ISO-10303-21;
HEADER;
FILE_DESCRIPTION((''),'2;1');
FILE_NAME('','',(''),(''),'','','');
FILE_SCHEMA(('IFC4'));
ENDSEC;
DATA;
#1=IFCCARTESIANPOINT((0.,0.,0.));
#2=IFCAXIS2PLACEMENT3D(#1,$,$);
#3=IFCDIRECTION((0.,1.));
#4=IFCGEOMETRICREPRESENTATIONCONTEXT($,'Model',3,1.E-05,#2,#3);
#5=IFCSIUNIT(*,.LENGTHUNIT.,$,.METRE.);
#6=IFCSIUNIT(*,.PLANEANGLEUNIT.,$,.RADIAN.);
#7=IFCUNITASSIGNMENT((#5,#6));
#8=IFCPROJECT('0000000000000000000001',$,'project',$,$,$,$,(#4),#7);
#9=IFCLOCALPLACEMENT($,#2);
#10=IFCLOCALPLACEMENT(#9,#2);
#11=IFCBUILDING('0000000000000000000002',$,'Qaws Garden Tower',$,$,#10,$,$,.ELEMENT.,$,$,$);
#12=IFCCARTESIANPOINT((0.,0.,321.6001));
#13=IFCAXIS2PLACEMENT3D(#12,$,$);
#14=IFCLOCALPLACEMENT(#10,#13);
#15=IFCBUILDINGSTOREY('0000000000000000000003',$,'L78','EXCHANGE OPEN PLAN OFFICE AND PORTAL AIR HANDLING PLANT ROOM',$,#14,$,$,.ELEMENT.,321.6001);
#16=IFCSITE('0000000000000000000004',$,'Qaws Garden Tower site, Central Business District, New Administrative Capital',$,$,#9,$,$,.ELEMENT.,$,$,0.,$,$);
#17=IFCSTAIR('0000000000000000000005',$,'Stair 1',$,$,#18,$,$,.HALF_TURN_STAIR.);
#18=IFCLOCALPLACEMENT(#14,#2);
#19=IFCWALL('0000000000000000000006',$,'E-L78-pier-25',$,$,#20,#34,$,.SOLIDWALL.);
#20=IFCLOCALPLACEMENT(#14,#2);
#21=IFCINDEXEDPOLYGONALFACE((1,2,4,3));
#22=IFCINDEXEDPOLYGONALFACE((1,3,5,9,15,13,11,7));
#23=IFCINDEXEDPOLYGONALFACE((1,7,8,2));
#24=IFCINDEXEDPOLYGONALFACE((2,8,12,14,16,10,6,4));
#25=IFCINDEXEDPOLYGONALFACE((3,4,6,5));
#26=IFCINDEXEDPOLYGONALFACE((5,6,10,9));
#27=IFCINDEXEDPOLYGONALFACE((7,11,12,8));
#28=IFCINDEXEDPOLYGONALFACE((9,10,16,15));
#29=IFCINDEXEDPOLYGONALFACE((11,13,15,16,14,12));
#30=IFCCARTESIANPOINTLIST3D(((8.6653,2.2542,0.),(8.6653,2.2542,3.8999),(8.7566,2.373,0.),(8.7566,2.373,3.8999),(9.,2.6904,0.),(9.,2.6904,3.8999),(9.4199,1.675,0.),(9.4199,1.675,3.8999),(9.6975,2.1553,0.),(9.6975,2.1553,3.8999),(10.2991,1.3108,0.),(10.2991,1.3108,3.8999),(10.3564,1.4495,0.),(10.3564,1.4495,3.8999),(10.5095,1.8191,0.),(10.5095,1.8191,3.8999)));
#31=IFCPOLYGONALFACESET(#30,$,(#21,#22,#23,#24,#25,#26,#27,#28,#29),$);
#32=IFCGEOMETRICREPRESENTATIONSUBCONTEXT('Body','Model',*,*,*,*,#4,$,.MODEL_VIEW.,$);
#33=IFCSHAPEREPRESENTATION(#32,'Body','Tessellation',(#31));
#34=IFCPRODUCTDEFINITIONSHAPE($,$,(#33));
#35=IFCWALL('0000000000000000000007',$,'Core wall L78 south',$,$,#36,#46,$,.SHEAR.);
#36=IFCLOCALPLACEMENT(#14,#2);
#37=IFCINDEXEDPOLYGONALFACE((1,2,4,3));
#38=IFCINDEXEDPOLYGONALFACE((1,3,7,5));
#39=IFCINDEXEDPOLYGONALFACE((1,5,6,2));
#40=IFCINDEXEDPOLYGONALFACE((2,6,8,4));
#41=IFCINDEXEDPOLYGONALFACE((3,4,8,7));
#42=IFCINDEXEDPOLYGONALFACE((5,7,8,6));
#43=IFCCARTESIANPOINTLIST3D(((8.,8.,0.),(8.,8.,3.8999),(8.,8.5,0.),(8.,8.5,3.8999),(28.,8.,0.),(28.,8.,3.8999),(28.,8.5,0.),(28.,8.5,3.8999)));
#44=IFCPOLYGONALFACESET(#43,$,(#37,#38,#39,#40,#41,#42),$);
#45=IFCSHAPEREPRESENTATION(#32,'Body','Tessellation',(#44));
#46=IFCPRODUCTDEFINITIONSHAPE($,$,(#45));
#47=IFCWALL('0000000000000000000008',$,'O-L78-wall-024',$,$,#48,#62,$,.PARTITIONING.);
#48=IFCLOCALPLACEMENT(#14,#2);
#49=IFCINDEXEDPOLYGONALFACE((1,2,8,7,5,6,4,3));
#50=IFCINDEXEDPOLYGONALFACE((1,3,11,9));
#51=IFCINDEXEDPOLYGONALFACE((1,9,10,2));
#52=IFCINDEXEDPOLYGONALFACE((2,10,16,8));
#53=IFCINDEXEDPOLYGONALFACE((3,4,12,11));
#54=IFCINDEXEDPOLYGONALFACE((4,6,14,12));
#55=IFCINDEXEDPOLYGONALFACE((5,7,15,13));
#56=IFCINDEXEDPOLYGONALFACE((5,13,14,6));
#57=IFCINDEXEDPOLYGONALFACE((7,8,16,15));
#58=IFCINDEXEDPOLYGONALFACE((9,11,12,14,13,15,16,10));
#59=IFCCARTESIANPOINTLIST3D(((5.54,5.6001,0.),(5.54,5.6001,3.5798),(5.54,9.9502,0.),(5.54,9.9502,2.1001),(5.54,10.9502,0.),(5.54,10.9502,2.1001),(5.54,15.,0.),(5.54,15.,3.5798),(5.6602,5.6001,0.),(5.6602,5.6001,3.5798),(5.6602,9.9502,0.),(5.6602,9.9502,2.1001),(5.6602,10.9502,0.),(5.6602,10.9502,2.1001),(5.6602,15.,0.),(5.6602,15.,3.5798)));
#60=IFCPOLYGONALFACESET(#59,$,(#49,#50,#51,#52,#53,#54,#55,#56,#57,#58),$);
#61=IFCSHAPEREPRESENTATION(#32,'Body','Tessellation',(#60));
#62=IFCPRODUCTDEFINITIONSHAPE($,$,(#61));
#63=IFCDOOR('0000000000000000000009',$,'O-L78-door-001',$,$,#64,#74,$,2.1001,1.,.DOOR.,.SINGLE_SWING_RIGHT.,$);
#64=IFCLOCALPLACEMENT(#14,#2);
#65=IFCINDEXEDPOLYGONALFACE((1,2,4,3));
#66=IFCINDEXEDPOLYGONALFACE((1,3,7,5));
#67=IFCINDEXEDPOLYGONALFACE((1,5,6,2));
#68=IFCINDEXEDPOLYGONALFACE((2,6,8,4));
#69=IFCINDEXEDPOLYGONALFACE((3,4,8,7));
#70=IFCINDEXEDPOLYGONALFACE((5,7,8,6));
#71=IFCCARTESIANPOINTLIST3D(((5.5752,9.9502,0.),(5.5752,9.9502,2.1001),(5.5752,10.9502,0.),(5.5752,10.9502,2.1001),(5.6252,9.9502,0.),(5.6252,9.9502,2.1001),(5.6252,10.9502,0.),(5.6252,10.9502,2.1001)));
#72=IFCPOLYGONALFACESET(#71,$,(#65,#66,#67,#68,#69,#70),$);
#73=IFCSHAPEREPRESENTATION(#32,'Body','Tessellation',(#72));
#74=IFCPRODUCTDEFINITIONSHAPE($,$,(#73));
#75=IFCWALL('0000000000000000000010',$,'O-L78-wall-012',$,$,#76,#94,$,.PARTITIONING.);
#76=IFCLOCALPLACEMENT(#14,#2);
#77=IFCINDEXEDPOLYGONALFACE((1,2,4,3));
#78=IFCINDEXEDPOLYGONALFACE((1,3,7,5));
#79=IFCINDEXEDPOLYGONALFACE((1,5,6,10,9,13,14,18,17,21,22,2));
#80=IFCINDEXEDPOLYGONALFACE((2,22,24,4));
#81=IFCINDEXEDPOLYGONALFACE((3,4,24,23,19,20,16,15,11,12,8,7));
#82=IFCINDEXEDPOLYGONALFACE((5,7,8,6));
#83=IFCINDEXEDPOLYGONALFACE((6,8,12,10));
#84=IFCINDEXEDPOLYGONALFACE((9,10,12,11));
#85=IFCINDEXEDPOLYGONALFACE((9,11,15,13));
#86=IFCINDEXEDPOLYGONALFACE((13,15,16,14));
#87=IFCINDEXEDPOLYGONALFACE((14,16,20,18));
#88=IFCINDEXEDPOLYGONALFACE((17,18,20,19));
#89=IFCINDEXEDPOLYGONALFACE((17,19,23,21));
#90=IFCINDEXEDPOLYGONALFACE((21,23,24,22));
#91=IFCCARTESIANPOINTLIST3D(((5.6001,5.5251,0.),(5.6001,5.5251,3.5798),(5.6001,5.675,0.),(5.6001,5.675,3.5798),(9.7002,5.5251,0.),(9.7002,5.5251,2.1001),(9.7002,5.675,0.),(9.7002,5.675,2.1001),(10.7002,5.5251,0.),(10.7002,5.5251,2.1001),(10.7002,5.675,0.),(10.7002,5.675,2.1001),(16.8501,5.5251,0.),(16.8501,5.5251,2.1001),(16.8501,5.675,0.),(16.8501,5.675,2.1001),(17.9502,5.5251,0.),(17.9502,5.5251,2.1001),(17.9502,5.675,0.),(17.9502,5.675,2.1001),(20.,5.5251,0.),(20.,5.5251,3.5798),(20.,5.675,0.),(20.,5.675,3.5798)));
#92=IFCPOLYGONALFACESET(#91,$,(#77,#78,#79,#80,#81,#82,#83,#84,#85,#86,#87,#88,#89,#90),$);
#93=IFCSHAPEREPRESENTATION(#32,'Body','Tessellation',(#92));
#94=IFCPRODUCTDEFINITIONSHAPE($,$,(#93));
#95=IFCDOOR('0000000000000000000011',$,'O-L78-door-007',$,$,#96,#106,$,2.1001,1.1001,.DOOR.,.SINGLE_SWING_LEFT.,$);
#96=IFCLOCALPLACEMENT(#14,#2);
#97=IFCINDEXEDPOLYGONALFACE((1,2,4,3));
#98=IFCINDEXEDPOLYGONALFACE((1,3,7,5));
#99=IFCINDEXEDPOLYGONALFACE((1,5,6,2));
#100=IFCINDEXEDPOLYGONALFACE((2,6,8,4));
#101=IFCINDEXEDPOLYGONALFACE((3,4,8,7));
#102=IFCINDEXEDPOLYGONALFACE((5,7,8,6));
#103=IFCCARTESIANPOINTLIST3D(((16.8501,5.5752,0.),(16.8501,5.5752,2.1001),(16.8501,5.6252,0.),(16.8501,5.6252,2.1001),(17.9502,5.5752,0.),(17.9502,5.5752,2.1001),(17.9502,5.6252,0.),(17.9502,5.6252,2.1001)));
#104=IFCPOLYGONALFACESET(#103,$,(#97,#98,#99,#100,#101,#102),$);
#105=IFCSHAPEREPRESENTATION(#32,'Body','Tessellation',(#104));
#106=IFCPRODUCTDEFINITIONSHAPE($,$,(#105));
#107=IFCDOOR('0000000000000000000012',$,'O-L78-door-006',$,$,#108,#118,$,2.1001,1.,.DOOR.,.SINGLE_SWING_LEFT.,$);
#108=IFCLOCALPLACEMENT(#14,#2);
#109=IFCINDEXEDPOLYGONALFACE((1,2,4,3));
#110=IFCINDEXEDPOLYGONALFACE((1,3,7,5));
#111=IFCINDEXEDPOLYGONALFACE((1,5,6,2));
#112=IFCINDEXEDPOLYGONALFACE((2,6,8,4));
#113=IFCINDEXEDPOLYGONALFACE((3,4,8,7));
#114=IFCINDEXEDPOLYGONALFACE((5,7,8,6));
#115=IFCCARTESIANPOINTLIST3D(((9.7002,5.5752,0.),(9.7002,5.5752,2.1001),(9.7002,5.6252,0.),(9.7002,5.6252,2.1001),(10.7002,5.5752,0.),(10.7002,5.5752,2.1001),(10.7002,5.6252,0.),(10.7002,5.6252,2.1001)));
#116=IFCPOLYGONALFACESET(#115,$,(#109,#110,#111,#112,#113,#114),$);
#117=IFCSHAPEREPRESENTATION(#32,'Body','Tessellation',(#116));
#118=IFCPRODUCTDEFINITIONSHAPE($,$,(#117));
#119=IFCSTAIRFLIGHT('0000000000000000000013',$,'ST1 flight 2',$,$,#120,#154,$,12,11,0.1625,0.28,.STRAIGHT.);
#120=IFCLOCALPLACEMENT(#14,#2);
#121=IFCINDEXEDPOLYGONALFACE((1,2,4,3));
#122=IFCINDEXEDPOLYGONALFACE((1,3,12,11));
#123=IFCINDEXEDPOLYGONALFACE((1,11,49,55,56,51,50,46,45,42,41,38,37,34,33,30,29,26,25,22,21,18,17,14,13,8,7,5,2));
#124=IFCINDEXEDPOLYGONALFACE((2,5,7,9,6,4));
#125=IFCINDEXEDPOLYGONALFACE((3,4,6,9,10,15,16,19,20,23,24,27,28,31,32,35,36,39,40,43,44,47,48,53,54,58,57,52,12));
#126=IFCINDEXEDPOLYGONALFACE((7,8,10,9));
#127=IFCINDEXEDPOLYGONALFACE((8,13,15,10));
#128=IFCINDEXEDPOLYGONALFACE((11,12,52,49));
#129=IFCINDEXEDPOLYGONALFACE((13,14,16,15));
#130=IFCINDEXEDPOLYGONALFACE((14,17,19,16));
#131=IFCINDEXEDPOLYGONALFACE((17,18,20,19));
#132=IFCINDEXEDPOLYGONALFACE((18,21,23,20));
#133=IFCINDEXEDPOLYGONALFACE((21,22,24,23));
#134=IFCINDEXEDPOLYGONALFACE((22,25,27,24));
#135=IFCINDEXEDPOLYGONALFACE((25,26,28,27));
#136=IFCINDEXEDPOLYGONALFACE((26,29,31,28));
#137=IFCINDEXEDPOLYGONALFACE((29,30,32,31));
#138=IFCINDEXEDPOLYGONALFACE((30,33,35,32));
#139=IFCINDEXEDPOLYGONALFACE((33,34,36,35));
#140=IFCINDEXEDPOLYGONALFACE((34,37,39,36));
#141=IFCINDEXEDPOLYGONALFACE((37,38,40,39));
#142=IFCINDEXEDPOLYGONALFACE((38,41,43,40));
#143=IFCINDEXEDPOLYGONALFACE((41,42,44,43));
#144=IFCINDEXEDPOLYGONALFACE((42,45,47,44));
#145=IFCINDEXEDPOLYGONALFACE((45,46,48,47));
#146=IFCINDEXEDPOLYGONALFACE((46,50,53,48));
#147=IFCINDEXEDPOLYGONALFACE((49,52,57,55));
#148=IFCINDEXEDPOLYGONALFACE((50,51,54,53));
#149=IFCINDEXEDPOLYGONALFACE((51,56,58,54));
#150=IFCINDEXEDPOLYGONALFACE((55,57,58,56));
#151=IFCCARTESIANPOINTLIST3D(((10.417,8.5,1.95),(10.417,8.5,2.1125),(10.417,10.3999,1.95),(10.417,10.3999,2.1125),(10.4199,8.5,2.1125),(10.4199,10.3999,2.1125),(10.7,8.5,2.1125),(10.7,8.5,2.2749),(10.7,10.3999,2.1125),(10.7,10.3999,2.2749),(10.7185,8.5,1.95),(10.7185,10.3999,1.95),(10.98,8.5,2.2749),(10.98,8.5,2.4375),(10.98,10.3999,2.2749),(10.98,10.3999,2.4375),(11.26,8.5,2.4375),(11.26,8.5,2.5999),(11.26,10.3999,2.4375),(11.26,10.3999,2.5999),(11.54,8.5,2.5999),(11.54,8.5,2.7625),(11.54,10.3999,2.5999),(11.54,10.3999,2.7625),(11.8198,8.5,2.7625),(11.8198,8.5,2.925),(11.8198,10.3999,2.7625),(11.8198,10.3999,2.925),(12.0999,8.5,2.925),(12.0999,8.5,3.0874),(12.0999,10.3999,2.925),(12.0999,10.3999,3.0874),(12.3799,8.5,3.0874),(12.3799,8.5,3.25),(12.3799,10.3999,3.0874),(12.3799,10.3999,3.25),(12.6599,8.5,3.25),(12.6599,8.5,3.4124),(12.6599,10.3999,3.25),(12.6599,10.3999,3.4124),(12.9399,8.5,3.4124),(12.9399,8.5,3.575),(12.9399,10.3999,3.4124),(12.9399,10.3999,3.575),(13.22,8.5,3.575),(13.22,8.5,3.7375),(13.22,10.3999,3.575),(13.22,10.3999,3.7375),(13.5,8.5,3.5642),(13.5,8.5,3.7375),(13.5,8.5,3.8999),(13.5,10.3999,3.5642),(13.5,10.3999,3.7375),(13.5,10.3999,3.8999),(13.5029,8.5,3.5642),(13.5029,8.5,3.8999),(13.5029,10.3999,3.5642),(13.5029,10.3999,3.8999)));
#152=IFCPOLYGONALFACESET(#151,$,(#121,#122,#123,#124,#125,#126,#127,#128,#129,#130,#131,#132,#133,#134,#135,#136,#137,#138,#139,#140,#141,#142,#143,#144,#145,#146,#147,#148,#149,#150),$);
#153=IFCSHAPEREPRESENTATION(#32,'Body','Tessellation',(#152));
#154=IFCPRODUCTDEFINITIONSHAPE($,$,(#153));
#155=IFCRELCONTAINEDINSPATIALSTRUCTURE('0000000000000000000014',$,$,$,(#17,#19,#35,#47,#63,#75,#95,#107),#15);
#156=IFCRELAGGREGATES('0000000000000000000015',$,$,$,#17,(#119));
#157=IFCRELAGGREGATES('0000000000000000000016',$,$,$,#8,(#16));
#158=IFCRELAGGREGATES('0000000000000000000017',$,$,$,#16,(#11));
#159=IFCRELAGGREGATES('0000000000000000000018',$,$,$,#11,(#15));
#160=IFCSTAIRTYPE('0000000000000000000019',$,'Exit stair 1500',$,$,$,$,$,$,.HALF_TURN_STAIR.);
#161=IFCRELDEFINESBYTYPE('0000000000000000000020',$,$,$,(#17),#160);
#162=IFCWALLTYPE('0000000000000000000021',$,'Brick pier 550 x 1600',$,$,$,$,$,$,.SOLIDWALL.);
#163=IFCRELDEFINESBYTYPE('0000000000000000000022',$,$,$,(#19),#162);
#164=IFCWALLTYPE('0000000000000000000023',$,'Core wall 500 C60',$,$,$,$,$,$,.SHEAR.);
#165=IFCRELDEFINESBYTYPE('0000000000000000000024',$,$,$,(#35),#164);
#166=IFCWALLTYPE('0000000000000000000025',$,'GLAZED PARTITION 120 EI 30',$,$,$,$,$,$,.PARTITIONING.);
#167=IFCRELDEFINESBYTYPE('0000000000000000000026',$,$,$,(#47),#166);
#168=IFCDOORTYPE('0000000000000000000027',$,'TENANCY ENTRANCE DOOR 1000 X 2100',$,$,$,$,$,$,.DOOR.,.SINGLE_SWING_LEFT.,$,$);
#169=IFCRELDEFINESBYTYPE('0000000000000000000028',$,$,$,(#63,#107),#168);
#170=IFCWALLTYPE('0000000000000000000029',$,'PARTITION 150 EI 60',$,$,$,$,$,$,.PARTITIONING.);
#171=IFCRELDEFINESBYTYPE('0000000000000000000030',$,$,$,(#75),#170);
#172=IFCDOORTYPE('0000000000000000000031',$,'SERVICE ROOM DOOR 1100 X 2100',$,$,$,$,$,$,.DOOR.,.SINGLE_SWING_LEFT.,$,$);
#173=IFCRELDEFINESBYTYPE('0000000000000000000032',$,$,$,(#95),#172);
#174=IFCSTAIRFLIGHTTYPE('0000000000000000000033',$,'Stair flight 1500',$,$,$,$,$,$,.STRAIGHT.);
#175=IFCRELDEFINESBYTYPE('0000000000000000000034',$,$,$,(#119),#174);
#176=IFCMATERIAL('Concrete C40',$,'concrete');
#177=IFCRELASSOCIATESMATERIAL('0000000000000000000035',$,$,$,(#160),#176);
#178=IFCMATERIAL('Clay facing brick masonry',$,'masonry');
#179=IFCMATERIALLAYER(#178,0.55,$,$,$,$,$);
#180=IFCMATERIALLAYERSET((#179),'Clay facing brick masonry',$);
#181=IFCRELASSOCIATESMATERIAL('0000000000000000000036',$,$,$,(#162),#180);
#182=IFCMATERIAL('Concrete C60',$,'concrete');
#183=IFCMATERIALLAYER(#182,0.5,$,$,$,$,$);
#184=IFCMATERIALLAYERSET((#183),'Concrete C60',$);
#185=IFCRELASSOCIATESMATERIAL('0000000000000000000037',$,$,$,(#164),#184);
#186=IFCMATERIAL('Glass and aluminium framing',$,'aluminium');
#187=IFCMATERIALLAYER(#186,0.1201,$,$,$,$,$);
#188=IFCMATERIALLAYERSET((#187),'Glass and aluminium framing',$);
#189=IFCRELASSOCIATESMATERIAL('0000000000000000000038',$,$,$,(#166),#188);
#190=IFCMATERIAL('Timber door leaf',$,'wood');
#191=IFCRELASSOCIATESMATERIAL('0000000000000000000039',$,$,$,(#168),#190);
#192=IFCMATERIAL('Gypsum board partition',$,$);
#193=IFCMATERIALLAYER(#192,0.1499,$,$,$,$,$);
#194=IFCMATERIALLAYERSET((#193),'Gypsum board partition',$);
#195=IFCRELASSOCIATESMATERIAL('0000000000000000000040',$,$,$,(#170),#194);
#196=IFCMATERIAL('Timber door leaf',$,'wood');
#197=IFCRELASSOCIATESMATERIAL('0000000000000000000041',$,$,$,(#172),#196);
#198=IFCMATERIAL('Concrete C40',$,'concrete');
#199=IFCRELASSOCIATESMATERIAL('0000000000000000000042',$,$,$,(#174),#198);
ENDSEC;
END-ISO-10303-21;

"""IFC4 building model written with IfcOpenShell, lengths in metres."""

from ifc_helpers import new_model, si_unit, direction, frame, frame_2d, origin, place, context, subcontext, project, spatial, polyline, rectangle, outline, extrude, material, layer, layer_set, type_object, element, fill, aggregate, save


model = new_model("IFC4")

# Units and contexts
model_context = context("Model", 3, precision=1e-05, world=origin(), true_north=direction((0.0, 1.0)))
body_context = subcontext(model_context, "Body", "Model", "MODEL_VIEW")
ifc_project = project(units=[si_unit("LENGTHUNIT", "METRE"), si_unit("PLANEANGLEUNIT", "RADIAN")], contexts=[model_context])

# Site, building, storey
site_placement = place(None, origin())
site = spatial("IfcSite", under=ifc_project, at=site_placement, Name="Qaws Garden Tower site, Central Business District, New Administrative Capital", CompositionType="ELEMENT", RefElevation=0.0)
building_placement = place(site_placement, origin())
building = spatial("IfcBuilding", under=site, at=building_placement, Name="Qaws Garden Tower", CompositionType="ELEMENT")
storey_placement = place(building_placement, frame((0.0, 0.0, 321.6001)))
storey = spatial("IfcBuildingStorey", under=building, at=storey_placement, Name="L78", Description="EXCHANGE OPEN PLAN OFFICE AND PORTAL AIR HANDLING PLANT ROOM", CompositionType="ELEMENT", Elevation=321.6001)

# Stair
ifc_material_1 = material(Name="Concrete C40", Category="concrete")
stair_type_1 = type_object("IfcStairType", Name="Exit stair 1500", PredefinedType="HALF_TURN_STAIR", material=ifc_material_1)
placement_1 = place(storey_placement, origin())
stair_1 = element("IfcStair", 1, at=placement_1, inside=storey, type_object=stair_type_1, Name="Stair 1", PredefinedType="HALF_TURN_STAIR")

# Walls
ifc_material_2 = material(Name="Clay facing brick masonry", Category="masonry")
ifc_layer_1 = layer(ifc_material_2, 0.55)
ifc_layer_set_1 = layer_set([ifc_layer_1], Name="Clay facing brick masonry")
wall_type_1 = type_object("IfcWallType", Name="Brick pier 550 x 1600", PredefinedType="SOLIDWALL", material=ifc_layer_set_1)
element("IfcWall", 2, at=placement_1, inside=storey, type_object=wall_type_1, Name="E-L78-pier-25", PredefinedType="SOLIDWALL", context=body_context, shape_type="SweptSolid", body=[
    extrude(outline(polyline([(8.7566, 2.373), (8.6653, 2.2542), (9.4199, 1.675), (10.2991, 1.3108), (10.3564, 1.4495), (10.5095, 1.8191), (9.6975, 2.1553), (9.0, 2.6904), (8.7566, 2.373)])), origin(), (0.0, 0.0, 1.0), 3.8999),
])
ifc_material_3 = material(Name="Concrete C60", Category="concrete")
ifc_layer_2 = layer(ifc_material_3, 0.5)
ifc_layer_set_2 = layer_set([ifc_layer_2], Name="Concrete C60")
wall_type_2 = type_object("IfcWallType", Name="Core wall 500 C60", PredefinedType="SHEAR", material=ifc_layer_set_2)
wall_1_placement = place(storey_placement, frame((8.0, 8.25, 0.0), z_axis=(0.0, 0.0, 1.0), x_axis=(1.0, 0.0, 0.0)))
element("IfcWall", 3, at=wall_1_placement, inside=storey, type_object=wall_type_2, Name="Core wall L78 south", PredefinedType="SHEAR", context=body_context, shape_type="SweptSolid", body=[
    extrude(rectangle(XDim=20.0, YDim=0.5, at=frame_2d((10.0, 0.0))), origin(), (0.0, 0.0, 1.0), 3.8999),
])

# Wall, opening, door
ifc_material_4 = material(Name="Glass and aluminium framing", Category="aluminium")
ifc_layer_3 = layer(ifc_material_4, 0.1201)
ifc_layer_set_3 = layer_set([ifc_layer_3], Name="Glass and aluminium framing")
wall_type_3 = type_object("IfcWallType", Name="GLAZED PARTITION 120 EI 30", PredefinedType="PARTITIONING", material=ifc_layer_set_3)
wall_2_placement = place(storey_placement, frame((5.6001, 5.6001, 0.0), z_axis=(0.0, 0.0, 1.0), x_axis=(0.0, 1.0, 0.0)))
wall_2 = element("IfcWall", 4, at=wall_2_placement, inside=storey, type_object=wall_type_3, Name="O-L78-wall-024", PredefinedType="PARTITIONING", context=body_context, shape_type="SweptSolid", body=[
    extrude(rectangle(XDim=9.3999, YDim=0.1201, at=frame_2d((4.7, 0.0))), origin(), (0.0, 0.0, 1.0), 3.5798),
])
opening_1_placement = place(wall_2_placement, frame((4.3501, 0.0, 0.0)))
opening_1 = element("IfcOpeningElement", 5, at=opening_1_placement, cuts=wall_2, PredefinedType="OPENING", context=body_context, shape_type="SweptSolid", body=[
    extrude(rectangle(XDim=1.0, YDim=2.1001, at=frame_2d((0.5, 1.05))), frame((0.0, 0.0701, 0.0), z_axis=(0.0, -1.0, 0.0), x_axis=(1.0, 0.0, 0.0)), (0.0, 0.0, 1.0), 0.1401),
])
ifc_material_5 = material(Name="Timber door leaf", Category="wood")
door_type_1 = type_object("IfcDoorType", Name="TENANCY ENTRANCE DOOR 1000 X 2100", OperationType="SINGLE_SWING_LEFT", PredefinedType="DOOR", material=ifc_material_5)
door_1_placement = place(opening_1_placement, origin())
door_1 = element("IfcDoor", 6, at=door_1_placement, inside=storey, type_object=door_type_1, Name="O-L78-door-001", OperationType="SINGLE_SWING_RIGHT", OverallHeight=2.1001, OverallWidth=1.0, PredefinedType="DOOR", context=body_context, shape_type="SweptSolid", body=[
    extrude(rectangle(XDim=1.0, YDim=2.1001, at=frame_2d((0.5, 1.05))), frame((0.0, 0.0249, 0.0), z_axis=(0.0, -1.0, 0.0), x_axis=(1.0, 0.0, 0.0)), (0.0, 0.0, 1.0), 0.05),
])
fill(opening_1, door_1)

# Wall, openings, doors
ifc_material_6 = material(Name="Gypsum board partition")
ifc_layer_4 = layer(ifc_material_6, 0.1499)
ifc_layer_set_4 = layer_set([ifc_layer_4], Name="Gypsum board partition")
wall_type_4 = type_object("IfcWallType", Name="PARTITION 150 EI 60", PredefinedType="PARTITIONING", material=ifc_layer_set_4)
wall_3_placement = place(storey_placement, frame((5.6001, 5.6001, 0.0), z_axis=(0.0, 0.0, 1.0), x_axis=(1.0, 0.0, 0.0)))
wall_3 = element("IfcWall", 7, at=wall_3_placement, inside=storey, type_object=wall_type_4, Name="O-L78-wall-012", PredefinedType="PARTITIONING", context=body_context, shape_type="SweptSolid", body=[
    extrude(rectangle(XDim=14.3999, YDim=0.1499, at=frame_2d((7.2, 0.0))), origin(), (0.0, 0.0, 1.0), 3.5798),
])
opening_2_placement = place(wall_3_placement, frame((4.1001, 0.0, 0.0)))
opening_2 = element("IfcOpeningElement", 8, at=opening_2_placement, cuts=wall_3, PredefinedType="OPENING", context=body_context, shape_type="SweptSolid", body=[
    extrude(rectangle(XDim=1.0, YDim=2.1001, at=frame_2d((0.5, 1.05))), frame((0.0, 0.085, 0.0), z_axis=(0.0, -1.0, 0.0), x_axis=(1.0, 0.0, 0.0)), (0.0, 0.0, 1.0), 0.1699),
])
opening_3_placement = place(wall_3_placement, frame((11.25, 0.0, 0.0)))
opening_3 = element("IfcOpeningElement", 9, at=opening_3_placement, cuts=wall_3, PredefinedType="OPENING", context=body_context, shape_type="SweptSolid", body=[
    extrude(rectangle(XDim=1.1001, YDim=2.1001, at=frame_2d((0.55, 1.05))), frame((0.0, 0.085, 0.0), z_axis=(0.0, -1.0, 0.0), x_axis=(1.0, 0.0, 0.0)), (0.0, 0.0, 1.0), 0.1699),
])
ifc_material_7 = material(Name="Timber door leaf", Category="wood")
door_type_2 = type_object("IfcDoorType", Name="SERVICE ROOM DOOR 1100 X 2100", OperationType="SINGLE_SWING_LEFT", PredefinedType="DOOR", material=ifc_material_7)
door_2_placement = place(opening_3_placement, frame((1.1001, 0.0, 0.0), z_axis=(0.0, 0.0, 1.0), x_axis=(-1.0, 0.0, 0.0)))
door_2 = element("IfcDoor", 10, at=door_2_placement, inside=storey, type_object=door_type_2, Name="O-L78-door-007", OperationType="SINGLE_SWING_LEFT", OverallHeight=2.1001, OverallWidth=1.1001, PredefinedType="DOOR", context=body_context, shape_type="SweptSolid", body=[
    extrude(rectangle(XDim=1.1001, YDim=2.1001, at=frame_2d((0.55, 1.05))), frame((0.0, 0.0249, 0.0), z_axis=(0.0, -1.0, 0.0), x_axis=(1.0, 0.0, 0.0)), (0.0, 0.0, 1.0), 0.05),
])
fill(opening_3, door_2)
door_3_placement = place(opening_2_placement, frame((1.0, 0.0, 0.0), z_axis=(0.0, 0.0, 1.0), x_axis=(-1.0, 0.0, 0.0)))
door_3 = element("IfcDoor", 11, at=door_3_placement, inside=storey, type_object=door_type_1, Name="O-L78-door-006", OperationType="SINGLE_SWING_LEFT", OverallHeight=2.1001, OverallWidth=1.0, PredefinedType="DOOR", context=body_context, shape_type="SweptSolid", body=[
    extrude(rectangle(XDim=1.0, YDim=2.1001, at=frame_2d((0.5, 1.05))), frame((0.0, 0.0249, 0.0), z_axis=(0.0, -1.0, 0.0), x_axis=(1.0, 0.0, 0.0)), (0.0, 0.0, 1.0), 0.05),
])
fill(opening_2, door_3)

# Stair flight
ifc_material_8 = material(Name="Concrete C40", Category="concrete")
stair_flight_type = type_object("IfcStairFlightType", Name="Stair flight 1500", PredefinedType="STRAIGHT", material=ifc_material_8)
stair_flight_placement = place(storey_placement, frame((10.4199, 9.45, 1.95), z_axis=(0.0, 0.0, 1.0), x_axis=(1.0, 0.0, 0.0)))
stair_flight = element("IfcStairFlight", 12, at=stair_flight_placement, type_object=stair_flight_type, Name="ST1 flight 2", NumberOfRisers=12, NumberOfTreads=11, PredefinedType="STRAIGHT", RiserHeight=0.1625, TreadLength=0.28, context=body_context, shape_type="SweptSolid", body=[
    extrude(outline(polyline([(-0.0029, 0.0), (-0.0029, 0.1626), (0.0, 0.1626), (0.28, 0.1626), (0.28, 0.325), (0.5601, 0.325), (0.5601, 0.4875), (0.8401, 0.4875), (0.8401, 0.6499), (1.1201, 0.6499), (1.1201, 0.8125), (1.3999, 0.8125), (1.3999, 0.9751), (1.6799, 0.9751), (1.6799, 1.1375), (1.96, 1.1375), (1.96, 1.3), (2.24, 1.3), (2.24, 1.4624), (2.52, 1.4624), (2.52, 1.625), (2.8, 1.625), (2.8, 1.7876), (3.0801, 1.7876), (3.0801, 1.95), (3.083, 1.95), (3.083, 1.6143), (3.0801, 1.6143), (0.2986, 0.0), (-0.0029, 0.0)])), frame((0.0, 0.95, 0.0), z_axis=(0.0, -1.0, 0.0), x_axis=(1.0, 0.0, 0.0)), (0.0, 0.0, 1.0), 1.8999),
])
aggregate(stair_1, [stair_flight])

save(model, "model.ifc")
